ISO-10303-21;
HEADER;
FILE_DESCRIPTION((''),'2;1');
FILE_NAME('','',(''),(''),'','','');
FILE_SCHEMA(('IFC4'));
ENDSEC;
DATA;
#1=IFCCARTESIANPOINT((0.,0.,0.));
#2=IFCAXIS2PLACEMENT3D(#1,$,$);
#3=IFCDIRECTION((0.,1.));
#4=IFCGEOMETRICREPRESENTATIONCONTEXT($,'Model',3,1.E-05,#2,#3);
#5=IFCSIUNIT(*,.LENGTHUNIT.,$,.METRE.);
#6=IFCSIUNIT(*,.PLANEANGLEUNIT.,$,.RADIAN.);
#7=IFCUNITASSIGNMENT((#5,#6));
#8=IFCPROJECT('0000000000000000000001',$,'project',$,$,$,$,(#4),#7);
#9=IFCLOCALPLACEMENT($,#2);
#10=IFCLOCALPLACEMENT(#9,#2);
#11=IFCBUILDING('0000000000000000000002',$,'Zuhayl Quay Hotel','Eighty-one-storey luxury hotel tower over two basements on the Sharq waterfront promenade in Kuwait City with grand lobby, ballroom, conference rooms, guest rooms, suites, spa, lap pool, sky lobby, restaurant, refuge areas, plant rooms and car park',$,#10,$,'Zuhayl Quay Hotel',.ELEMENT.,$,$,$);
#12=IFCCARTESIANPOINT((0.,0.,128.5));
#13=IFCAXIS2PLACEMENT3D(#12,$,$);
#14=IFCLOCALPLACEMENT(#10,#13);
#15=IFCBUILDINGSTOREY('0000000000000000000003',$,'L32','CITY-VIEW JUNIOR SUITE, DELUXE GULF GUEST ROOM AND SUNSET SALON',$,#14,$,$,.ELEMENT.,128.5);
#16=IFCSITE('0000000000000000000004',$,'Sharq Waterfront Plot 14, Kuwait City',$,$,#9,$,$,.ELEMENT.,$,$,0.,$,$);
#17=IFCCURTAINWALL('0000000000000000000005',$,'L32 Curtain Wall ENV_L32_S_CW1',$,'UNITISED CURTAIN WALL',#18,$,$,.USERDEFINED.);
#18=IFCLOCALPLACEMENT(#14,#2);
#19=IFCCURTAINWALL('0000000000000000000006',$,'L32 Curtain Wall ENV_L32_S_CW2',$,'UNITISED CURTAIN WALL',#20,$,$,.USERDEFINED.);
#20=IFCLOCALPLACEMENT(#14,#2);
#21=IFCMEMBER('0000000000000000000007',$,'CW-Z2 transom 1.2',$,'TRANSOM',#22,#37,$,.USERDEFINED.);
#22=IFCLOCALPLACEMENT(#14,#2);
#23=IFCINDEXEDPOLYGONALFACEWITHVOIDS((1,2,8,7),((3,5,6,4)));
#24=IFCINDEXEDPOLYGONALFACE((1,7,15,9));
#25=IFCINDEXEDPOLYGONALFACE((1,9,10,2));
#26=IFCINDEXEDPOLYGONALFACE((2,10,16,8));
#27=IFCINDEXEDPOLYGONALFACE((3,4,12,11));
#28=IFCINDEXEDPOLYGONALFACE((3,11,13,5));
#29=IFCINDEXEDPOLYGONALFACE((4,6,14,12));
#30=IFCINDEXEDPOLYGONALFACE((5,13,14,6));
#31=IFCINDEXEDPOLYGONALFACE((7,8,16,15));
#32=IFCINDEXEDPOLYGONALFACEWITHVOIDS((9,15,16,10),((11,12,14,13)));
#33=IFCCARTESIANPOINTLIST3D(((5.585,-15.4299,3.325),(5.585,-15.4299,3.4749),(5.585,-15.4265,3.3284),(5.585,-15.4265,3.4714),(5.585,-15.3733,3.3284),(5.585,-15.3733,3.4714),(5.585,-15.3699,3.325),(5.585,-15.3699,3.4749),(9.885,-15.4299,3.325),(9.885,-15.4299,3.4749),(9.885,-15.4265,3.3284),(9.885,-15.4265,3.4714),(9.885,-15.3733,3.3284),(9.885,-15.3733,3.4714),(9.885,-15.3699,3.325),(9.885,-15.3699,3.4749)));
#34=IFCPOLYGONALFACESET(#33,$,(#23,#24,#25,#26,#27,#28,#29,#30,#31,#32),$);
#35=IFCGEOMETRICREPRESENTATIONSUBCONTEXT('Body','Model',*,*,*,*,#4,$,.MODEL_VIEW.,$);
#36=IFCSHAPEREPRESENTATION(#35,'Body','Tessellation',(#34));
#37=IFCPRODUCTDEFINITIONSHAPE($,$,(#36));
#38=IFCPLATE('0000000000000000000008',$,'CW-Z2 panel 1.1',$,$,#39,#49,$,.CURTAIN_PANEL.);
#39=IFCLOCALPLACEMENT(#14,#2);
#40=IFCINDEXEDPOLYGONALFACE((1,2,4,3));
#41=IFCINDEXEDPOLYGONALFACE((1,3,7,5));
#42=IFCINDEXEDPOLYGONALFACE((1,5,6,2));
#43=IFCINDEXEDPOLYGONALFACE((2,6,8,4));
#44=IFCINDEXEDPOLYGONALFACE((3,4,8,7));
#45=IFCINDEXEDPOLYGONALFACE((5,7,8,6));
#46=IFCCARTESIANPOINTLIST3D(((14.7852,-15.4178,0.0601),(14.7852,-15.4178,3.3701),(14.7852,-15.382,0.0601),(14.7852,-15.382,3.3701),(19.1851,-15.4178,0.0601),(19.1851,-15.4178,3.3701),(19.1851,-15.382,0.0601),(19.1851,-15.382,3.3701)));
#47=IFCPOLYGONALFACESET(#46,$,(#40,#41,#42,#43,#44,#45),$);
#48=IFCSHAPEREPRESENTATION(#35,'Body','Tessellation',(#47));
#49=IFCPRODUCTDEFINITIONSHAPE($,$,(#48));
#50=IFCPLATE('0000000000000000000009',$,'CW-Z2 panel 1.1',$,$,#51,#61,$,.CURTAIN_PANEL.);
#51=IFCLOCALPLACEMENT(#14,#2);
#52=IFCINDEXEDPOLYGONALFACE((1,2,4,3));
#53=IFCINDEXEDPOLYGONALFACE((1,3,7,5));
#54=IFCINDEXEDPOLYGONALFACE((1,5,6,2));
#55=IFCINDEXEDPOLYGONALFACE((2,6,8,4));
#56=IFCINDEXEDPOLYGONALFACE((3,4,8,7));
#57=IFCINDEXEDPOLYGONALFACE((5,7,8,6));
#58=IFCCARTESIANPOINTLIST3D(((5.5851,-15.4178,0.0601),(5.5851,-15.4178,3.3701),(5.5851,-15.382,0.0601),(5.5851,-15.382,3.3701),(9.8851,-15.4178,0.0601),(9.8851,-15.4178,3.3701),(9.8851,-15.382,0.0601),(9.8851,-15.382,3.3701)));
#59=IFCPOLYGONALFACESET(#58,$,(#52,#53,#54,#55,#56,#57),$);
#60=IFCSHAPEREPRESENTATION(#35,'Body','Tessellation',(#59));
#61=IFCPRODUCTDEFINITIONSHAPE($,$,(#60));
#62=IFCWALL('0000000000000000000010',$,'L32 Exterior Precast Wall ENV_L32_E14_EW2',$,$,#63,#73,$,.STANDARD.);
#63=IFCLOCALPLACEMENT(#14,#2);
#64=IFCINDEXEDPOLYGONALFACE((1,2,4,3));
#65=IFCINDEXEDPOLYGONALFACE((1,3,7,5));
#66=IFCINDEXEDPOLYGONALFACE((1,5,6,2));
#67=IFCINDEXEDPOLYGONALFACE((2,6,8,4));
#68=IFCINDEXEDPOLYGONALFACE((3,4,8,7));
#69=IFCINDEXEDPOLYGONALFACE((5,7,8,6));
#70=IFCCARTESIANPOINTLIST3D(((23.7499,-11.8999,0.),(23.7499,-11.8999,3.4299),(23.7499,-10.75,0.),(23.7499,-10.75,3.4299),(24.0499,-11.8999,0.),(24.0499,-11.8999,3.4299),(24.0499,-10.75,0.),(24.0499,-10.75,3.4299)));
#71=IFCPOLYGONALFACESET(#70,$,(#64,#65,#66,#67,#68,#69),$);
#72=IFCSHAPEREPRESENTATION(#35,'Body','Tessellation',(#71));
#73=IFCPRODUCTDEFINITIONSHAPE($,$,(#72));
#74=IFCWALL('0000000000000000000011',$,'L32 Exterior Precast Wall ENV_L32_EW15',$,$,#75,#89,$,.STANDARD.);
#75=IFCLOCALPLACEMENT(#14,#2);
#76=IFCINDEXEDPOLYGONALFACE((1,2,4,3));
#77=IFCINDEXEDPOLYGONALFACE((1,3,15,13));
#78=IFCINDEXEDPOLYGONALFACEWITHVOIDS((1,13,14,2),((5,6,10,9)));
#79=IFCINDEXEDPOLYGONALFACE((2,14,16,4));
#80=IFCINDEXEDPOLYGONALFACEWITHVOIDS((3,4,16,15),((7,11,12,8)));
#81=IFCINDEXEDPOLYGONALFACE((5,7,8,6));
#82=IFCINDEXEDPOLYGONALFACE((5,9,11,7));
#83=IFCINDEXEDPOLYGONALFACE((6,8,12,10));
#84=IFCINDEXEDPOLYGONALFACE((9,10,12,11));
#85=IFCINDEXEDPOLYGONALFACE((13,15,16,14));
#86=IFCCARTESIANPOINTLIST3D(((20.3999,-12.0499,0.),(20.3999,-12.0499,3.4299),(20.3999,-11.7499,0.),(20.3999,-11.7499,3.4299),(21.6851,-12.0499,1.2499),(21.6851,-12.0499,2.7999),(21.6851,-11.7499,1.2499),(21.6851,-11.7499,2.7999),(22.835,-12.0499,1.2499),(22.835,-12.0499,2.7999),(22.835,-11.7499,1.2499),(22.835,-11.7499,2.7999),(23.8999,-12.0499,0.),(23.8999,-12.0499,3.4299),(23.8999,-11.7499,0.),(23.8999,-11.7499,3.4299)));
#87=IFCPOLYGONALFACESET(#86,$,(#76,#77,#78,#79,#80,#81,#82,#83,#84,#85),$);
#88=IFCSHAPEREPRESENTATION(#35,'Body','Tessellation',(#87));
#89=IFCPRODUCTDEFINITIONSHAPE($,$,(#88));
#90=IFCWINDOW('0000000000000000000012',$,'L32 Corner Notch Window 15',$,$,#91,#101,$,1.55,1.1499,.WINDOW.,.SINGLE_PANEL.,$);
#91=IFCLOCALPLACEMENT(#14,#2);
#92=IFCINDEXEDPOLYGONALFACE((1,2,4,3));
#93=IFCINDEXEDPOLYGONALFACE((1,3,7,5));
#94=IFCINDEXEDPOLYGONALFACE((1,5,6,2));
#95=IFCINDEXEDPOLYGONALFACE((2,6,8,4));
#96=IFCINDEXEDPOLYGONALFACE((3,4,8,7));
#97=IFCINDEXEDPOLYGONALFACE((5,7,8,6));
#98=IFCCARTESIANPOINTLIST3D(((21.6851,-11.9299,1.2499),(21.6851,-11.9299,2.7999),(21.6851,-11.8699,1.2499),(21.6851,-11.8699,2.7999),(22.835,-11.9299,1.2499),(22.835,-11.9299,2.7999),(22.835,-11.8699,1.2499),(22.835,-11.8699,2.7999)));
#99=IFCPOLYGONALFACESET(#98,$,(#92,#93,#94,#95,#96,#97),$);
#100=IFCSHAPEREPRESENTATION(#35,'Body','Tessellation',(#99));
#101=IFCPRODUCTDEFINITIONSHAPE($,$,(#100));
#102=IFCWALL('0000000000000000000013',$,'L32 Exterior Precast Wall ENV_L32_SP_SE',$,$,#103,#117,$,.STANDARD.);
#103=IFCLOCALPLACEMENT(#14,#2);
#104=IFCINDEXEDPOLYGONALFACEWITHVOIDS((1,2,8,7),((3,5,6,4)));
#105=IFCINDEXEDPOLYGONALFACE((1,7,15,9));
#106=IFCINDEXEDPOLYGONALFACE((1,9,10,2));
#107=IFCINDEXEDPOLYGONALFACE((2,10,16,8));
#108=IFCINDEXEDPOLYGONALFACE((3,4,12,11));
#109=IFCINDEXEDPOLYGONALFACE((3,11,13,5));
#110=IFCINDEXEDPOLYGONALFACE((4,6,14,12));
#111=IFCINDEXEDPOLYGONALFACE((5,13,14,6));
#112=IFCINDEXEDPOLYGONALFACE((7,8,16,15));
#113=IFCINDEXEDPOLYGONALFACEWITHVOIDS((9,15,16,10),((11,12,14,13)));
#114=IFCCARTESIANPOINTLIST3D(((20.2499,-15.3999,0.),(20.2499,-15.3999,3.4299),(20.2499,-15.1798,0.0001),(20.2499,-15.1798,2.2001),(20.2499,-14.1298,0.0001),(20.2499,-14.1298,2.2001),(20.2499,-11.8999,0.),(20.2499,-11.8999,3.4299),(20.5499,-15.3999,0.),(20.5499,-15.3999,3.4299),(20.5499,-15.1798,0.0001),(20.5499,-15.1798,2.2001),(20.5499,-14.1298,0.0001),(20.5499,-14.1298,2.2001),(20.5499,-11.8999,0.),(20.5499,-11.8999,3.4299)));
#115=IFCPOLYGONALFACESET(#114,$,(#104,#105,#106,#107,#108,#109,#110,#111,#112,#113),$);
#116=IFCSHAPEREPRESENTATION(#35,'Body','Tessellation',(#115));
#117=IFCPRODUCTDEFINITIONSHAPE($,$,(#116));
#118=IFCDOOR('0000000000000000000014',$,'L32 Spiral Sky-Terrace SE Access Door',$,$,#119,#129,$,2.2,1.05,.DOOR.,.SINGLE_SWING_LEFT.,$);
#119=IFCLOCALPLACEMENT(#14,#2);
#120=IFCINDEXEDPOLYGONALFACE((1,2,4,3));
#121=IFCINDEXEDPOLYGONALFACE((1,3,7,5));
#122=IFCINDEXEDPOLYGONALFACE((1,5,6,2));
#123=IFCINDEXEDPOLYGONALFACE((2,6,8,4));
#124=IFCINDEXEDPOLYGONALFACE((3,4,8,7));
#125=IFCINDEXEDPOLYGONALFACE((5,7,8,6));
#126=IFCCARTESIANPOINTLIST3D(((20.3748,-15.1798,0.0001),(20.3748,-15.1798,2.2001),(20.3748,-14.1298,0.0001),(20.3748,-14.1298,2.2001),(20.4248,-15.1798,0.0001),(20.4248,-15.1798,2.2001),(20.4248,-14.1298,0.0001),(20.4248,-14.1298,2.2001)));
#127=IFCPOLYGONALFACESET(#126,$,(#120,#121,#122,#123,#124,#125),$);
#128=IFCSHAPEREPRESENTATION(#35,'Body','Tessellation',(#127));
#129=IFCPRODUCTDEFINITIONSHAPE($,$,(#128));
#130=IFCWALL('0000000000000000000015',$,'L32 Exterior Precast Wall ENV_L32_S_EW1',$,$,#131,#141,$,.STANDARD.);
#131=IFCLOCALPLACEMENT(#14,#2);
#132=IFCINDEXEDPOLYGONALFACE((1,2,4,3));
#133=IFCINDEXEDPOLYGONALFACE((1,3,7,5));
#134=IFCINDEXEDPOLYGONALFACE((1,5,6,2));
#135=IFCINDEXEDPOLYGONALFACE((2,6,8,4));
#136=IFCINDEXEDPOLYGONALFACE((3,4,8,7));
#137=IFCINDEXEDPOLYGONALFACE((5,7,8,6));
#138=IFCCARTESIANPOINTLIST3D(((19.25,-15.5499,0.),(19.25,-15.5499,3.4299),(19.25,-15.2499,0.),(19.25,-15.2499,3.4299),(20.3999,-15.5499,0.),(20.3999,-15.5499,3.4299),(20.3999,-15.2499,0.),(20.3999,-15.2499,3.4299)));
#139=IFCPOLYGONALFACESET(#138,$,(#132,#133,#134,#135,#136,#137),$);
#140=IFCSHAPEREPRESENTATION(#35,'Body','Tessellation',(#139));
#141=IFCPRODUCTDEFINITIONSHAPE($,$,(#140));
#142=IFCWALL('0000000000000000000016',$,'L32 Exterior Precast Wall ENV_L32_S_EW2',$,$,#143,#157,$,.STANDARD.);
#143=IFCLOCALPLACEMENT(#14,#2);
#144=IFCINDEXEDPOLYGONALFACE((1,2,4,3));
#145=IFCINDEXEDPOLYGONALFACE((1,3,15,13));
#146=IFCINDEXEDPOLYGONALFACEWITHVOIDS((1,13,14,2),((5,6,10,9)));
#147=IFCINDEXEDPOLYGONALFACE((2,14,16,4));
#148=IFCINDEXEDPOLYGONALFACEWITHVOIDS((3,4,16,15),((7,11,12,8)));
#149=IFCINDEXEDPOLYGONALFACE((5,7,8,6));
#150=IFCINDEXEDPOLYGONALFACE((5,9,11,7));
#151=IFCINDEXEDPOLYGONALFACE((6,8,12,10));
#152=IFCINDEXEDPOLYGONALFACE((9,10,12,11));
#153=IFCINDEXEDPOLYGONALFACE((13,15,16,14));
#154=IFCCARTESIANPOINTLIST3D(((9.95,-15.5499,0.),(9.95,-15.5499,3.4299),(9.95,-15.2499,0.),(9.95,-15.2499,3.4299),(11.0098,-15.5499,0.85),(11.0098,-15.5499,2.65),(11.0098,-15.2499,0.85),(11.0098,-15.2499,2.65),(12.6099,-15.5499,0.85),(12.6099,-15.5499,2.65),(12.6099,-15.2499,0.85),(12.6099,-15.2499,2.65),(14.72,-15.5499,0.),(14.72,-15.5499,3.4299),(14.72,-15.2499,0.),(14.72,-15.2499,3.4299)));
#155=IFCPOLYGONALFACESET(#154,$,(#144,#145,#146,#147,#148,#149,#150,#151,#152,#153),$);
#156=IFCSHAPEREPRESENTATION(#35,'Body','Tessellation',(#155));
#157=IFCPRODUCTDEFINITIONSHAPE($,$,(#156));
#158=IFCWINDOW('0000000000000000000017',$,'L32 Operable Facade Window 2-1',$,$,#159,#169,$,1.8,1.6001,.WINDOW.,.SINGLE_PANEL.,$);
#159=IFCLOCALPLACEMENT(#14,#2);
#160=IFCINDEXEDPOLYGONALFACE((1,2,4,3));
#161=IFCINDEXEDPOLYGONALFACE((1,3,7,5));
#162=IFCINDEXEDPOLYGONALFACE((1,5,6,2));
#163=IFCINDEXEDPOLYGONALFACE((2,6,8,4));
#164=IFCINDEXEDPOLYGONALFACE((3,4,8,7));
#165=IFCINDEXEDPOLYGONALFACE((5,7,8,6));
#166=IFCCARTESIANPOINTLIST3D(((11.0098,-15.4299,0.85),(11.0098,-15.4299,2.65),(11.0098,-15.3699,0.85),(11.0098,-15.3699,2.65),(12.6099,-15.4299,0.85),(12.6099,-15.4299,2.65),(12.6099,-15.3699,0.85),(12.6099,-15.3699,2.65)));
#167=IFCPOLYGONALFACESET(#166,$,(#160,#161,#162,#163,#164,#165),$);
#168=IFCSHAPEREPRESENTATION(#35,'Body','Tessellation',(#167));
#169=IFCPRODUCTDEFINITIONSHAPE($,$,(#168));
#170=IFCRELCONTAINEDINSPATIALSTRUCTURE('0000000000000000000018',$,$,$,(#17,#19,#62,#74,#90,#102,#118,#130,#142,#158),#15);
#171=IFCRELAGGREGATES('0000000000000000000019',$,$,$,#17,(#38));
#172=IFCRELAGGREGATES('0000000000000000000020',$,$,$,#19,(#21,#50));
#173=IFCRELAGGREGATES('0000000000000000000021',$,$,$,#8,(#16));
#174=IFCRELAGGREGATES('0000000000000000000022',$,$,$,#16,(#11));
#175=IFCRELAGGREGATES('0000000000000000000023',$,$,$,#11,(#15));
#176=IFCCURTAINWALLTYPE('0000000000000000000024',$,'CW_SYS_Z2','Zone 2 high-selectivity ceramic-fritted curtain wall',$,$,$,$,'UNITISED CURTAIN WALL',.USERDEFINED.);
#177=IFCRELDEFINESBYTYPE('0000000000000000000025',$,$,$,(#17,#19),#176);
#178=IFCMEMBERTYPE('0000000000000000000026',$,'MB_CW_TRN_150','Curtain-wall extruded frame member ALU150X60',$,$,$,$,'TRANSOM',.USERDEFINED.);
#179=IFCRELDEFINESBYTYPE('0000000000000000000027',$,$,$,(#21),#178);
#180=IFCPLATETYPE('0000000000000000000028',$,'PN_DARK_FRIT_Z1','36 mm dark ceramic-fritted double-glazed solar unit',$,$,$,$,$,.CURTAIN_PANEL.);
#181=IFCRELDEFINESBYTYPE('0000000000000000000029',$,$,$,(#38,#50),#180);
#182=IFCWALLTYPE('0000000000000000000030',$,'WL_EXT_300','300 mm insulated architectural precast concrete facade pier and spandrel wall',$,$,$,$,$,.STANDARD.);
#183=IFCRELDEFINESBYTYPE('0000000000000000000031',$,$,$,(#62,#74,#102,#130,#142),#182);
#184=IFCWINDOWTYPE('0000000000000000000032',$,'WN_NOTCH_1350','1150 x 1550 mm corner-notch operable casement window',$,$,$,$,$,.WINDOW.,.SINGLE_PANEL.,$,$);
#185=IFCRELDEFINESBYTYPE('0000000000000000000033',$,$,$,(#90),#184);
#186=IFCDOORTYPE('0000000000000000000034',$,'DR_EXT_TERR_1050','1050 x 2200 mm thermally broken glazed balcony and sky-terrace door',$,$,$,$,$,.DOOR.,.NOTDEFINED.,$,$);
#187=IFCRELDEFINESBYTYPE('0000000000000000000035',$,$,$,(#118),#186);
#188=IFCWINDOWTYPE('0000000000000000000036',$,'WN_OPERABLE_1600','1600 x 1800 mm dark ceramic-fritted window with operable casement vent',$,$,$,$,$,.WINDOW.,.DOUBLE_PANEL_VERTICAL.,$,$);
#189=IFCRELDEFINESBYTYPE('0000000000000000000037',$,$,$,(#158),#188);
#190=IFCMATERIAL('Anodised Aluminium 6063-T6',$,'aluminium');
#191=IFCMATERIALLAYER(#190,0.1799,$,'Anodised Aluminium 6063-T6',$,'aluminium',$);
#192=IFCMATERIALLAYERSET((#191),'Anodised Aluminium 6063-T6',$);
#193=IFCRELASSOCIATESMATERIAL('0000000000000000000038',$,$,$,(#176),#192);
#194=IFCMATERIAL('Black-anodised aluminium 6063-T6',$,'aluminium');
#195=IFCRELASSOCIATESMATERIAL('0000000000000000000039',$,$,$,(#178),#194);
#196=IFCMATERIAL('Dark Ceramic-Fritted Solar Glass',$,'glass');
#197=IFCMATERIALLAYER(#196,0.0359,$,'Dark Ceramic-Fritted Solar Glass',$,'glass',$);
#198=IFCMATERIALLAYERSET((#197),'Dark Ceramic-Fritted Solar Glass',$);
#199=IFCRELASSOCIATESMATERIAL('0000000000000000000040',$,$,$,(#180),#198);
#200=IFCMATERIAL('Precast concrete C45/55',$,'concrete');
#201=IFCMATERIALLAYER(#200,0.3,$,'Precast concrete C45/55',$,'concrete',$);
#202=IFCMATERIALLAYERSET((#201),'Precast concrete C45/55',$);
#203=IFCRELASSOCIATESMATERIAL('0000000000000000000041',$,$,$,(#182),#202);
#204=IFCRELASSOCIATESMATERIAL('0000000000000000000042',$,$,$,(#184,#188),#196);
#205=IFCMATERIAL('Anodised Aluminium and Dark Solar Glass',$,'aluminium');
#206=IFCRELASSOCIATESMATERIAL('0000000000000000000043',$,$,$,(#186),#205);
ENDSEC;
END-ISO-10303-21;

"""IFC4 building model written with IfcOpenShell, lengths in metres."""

from ifc_helpers import new_model, si_unit, direction, frame, frame_2d, origin, origin_2d, place, context, subcontext, project, spatial, rectangle, hollow_rectangle, extrude, material, layer, layer_set, material_profile, profile_set, type_object, element, fill, aggregate, save


model = new_model("IFC4")

# Units and contexts
model_context = context("Model", 3, precision=1e-05, world=origin(), true_north=direction((0.0, 1.0)))
body_context = subcontext(model_context, "Body", "Model", "MODEL_VIEW")
ifc_project = project(units=[si_unit("LENGTHUNIT", "METRE"), si_unit("PLANEANGLEUNIT", "RADIAN")], contexts=[model_context])

# Site, building, storey
site_placement = place(None, origin())
site = spatial("IfcSite", under=ifc_project, at=site_placement, Name="Sharq Waterfront Plot 14, Kuwait City", CompositionType="ELEMENT", RefElevation=0.0)
building_placement = place(site_placement, origin())
building = spatial("IfcBuilding", under=site, at=building_placement, Name="Zuhayl Quay Hotel", Description="Eighty-one-storey luxury hotel tower over two basements on the Sharq waterfront promenade in Kuwait City with grand lobby, ballroom, conference rooms, guest rooms, suites, spa, lap pool, sky lobby, restaurant, refuge areas, plant rooms and car park", LongName="Zuhayl Quay Hotel", CompositionType="ELEMENT")
storey_placement = place(building_placement, frame((0.0, 0.0, 128.5)))
storey = spatial("IfcBuildingStorey", under=building, at=storey_placement, Name="L32", Description="CITY-VIEW JUNIOR SUITE, DELUXE GULF GUEST ROOM AND SUNSET SALON", CompositionType="ELEMENT", Elevation=128.5)

# Shared definitions
ifc_material_1 = material(Name="Anodised Aluminium 6063-T6", Category="aluminium")
ifc_layer_1 = layer(ifc_material_1, 0.1799, Name="Anodised Aluminium 6063-T6", Category="aluminium")
ifc_layer_set_1 = layer_set([ifc_layer_1], Name="Anodised Aluminium 6063-T6")
curtain_wall_type = type_object("IfcCurtainWallType", Name="CW_SYS_Z2", Description="Zone 2 high-selectivity ceramic-fritted curtain wall", ElementType="UNITISED CURTAIN WALL", PredefinedType="USERDEFINED", material=ifc_layer_set_1)
ifc_material_2 = material(Name="Black-anodised aluminium 6063-T6", Category="aluminium")

# Curtain wall
curtain_wall_1_placement = place(storey_placement, origin())
curtain_wall_1 = element("IfcCurtainWall", 1, at=curtain_wall_1_placement, inside=storey, type_object=curtain_wall_type, Name="L32 Curtain Wall ENV_L32_S_CW1", ObjectType="UNITISED CURTAIN WALL", PredefinedType="USERDEFINED")

# Curtain wall
curtain_wall_2_placement = place(storey_placement, origin())
curtain_wall_2 = element("IfcCurtainWall", 2, at=curtain_wall_2_placement, inside=storey, type_object=curtain_wall_type, Name="L32 Curtain Wall ENV_L32_S_CW2", ObjectType="UNITISED CURTAIN WALL", PredefinedType="USERDEFINED")

# Member
ifc_material_profile_1 = material_profile(ifc_material_2, hollow_rectangle(XDim=0.0601, YDim=0.1499, WallThickness=0.0034, at=origin_2d()), Name="ALU150X60")
ifc_profile_set_1 = profile_set([ifc_material_profile_1], Name="Black-anodised aluminium 6063-T6")
member_type_1 = type_object("IfcMemberType", Name="MB_CW_TRN_150", Description="Curtain-wall extruded frame member ALU150X60", ElementType="TRANSOM", PredefinedType="USERDEFINED", material=ifc_profile_set_1)
member_1_placement = place(storey_placement, frame((9.885, -15.3999, 3.3999), z_axis=(-1.0, 0.0, 0.0), x_axis=(0.0, -1.0, 0.0)))
member_1 = element("IfcMember", 3, at=member_1_placement, type_object=member_type_1, Name="CW-Z2 transom 1.2", ObjectType="TRANSOM", PredefinedType="USERDEFINED", context=body_context, shape_type="SweptSolid", body=[
    extrude(hollow_rectangle(XDim=0.0601, YDim=0.1499, WallThickness=0.0034, at=origin_2d()), origin(), (0.0, 0.0, 1.0), 4.3),
])

# Plates
ifc_material_3 = material(Name="Dark Ceramic-Fritted Solar Glass", Category="glass")
ifc_layer_2 = layer(ifc_material_3, 0.0359, Name="Dark Ceramic-Fritted Solar Glass", Category="glass")
ifc_layer_set_2 = layer_set([ifc_layer_2], Name="Dark Ceramic-Fritted Solar Glass")
plate_type = type_object("IfcPlateType", Name="PN_DARK_FRIT_Z1", Description="36 mm dark ceramic-fritted double-glazed solar unit", PredefinedType="CURTAIN_PANEL", material=ifc_layer_set_2)
plate_1_placement = place(storey_placement, frame((16.9851, -15.3999, 0.0601), z_axis=(0.0, 0.0, 1.0), x_axis=(-1.0, 0.0, 0.0)))
plate_1 = element("IfcPlate", 4, at=plate_1_placement, type_object=plate_type, Name="CW-Z2 panel 1.1", PredefinedType="CURTAIN_PANEL", context=body_context, shape_type="SweptSolid", body=[
    extrude(rectangle(XDim=4.3999, YDim=0.0359, at=origin_2d()), origin(), (0.0, 0.0, 1.0), 3.3101),
])
aggregate(curtain_wall_1, [plate_1])
plate_2_placement = place(storey_placement, frame((7.7351, -15.3999, 0.0601), z_axis=(0.0, 0.0, 1.0), x_axis=(-1.0, 0.0, 0.0)))
plate_2 = element("IfcPlate", 5, at=plate_2_placement, type_object=plate_type, Name="CW-Z2 panel 1.1", PredefinedType="CURTAIN_PANEL", context=body_context, shape_type="SweptSolid", body=[
    extrude(rectangle(XDim=4.3, YDim=0.0359, at=origin_2d()), origin(), (0.0, 0.0, 1.0), 3.3101),
])
aggregate(curtain_wall_2, [member_1, plate_2])

# Wall
ifc_material_4 = material(Name="Precast concrete C45/55", Category="concrete")
ifc_layer_3 = layer(ifc_material_4, 0.3, Name="Precast concrete C45/55", Category="concrete")
ifc_layer_set_3 = layer_set([ifc_layer_3], Name="Precast concrete C45/55")
wall_type_1 = type_object("IfcWallType", Name="WL_EXT_300", Description="300 mm insulated architectural precast concrete facade pier and spandrel wall", PredefinedType="STANDARD", material=ifc_layer_set_3)
wall_1_placement = place(storey_placement, frame((23.8999, -10.75, 0.0), z_axis=(0.0, 0.0, 1.0), x_axis=(0.0, -1.0, 0.0)))
element("IfcWall", 6, at=wall_1_placement, inside=storey, type_object=wall_type_1, Name="L32 Exterior Precast Wall ENV_L32_E14_EW2", PredefinedType="STANDARD", context=body_context, shape_type="SweptSolid", body=[
    extrude(rectangle(XDim=1.1499, YDim=0.3, at=frame_2d((0.575, 0.0))), origin(), (0.0, 0.0, 1.0), 3.4299),
])

# Wall, opening, window
wall_2_placement = place(storey_placement, frame((23.8999, -11.8999, 0.0), z_axis=(0.0, 0.0, 1.0), x_axis=(-1.0, 0.0, 0.0)))
wall_2 = element("IfcWall", 7, at=wall_2_placement, inside=storey, type_object=wall_type_1, Name="L32 Exterior Precast Wall ENV_L32_EW15", PredefinedType="STANDARD", context=body_context, shape_type="SweptSolid", body=[
    extrude(rectangle(XDim=3.5, YDim=0.3, at=frame_2d((1.75, 0.0))), origin(), (0.0, 0.0, 1.0), 3.4299),
])
opening_1_placement = place(wall_2_placement, frame((1.0649, 0.0, 1.25)))
opening_1 = element("IfcOpeningElement", 8, at=opening_1_placement, cuts=wall_2, PredefinedType="OPENING", context=body_context, shape_type="SweptSolid", body=[
    extrude(rectangle(XDim=1.1499, YDim=1.55, at=frame_2d((0.575, 0.7749))), frame((0.0, 0.1599, 0.0), z_axis=(0.0, -1.0, 0.0), x_axis=(1.0, 0.0, 0.0)), (0.0, 0.0, 1.0), 0.3201),
])
window_type_1 = type_object("IfcWindowType", Name="WN_NOTCH_1350", Description="1150 x 1550 mm corner-notch operable casement window", PartitioningType="SINGLE_PANEL", PredefinedType="WINDOW", material=ifc_material_3)
window_1_placement = place(opening_1_placement, origin())
window_1 = element("IfcWindow", 9, at=window_1_placement, inside=storey, type_object=window_type_1, Name="L32 Corner Notch Window 15", OverallHeight=1.55, OverallWidth=1.1499, PartitioningType="SINGLE_PANEL", PredefinedType="WINDOW", context=body_context, shape_type="SweptSolid", body=[
    extrude(rectangle(XDim=1.1499, YDim=1.55, at=frame_2d((0.575, 0.7749))), frame((0.0, 0.03, 0.0), z_axis=(0.0, -1.0, 0.0), x_axis=(1.0, 0.0, 0.0)), (0.0, 0.0, 1.0), 0.0601),
])
fill(opening_1, window_1)

# Wall, opening, door
wall_3_placement = place(storey_placement, frame((20.3999, -11.8999, 0.0), z_axis=(0.0, 0.0, 1.0), x_axis=(0.0, -1.0, 0.0)))
wall_3 = element("IfcWall", 10, at=wall_3_placement, inside=storey, type_object=wall_type_1, Name="L32 Exterior Precast Wall ENV_L32_SP_SE", PredefinedType="STANDARD", context=body_context, shape_type="SweptSolid", body=[
    extrude(rectangle(XDim=3.5, YDim=0.3, at=frame_2d((1.75, 0.0))), origin(), (0.0, 0.0, 1.0), 3.4299),
])
opening_2_placement = place(wall_3_placement, frame((2.23, 0.0, 0.0)))
opening_2 = element("IfcOpeningElement", 11, at=opening_2_placement, cuts=wall_3, PredefinedType="OPENING", context=body_context, shape_type="SweptSolid", body=[
    extrude(rectangle(XDim=1.05, YDim=2.2, at=frame_2d((0.5249, 1.1001))), frame((0.0, 0.1599, 0.0), z_axis=(0.0, -1.0, 0.0), x_axis=(1.0, 0.0, 0.0)), (0.0, 0.0, 1.0), 0.3201),
])
ifc_material_5 = material(Name="Anodised Aluminium and Dark Solar Glass", Category="aluminium")
door_type = type_object("IfcDoorType", Name="DR_EXT_TERR_1050", Description="1050 x 2200 mm thermally broken glazed balcony and sky-terrace door", OperationType="NOTDEFINED", PredefinedType="DOOR", material=ifc_material_5)
door_placement = place(opening_2_placement, origin())
door = element("IfcDoor", 12, at=door_placement, inside=storey, type_object=door_type, Name="L32 Spiral Sky-Terrace SE Access Door", OperationType="SINGLE_SWING_LEFT", OverallHeight=2.2, OverallWidth=1.05, PredefinedType="DOOR", context=body_context, shape_type="SweptSolid", body=[
    extrude(rectangle(XDim=1.05, YDim=2.2, at=frame_2d((0.5249, 1.1001))), frame((0.0, 0.0249, 0.0), z_axis=(0.0, -1.0, 0.0), x_axis=(1.0, 0.0, 0.0)), (0.0, 0.0, 1.0), 0.05),
])
fill(opening_2, door)

# Wall
wall_4_placement = place(storey_placement, frame((20.3999, -15.3999, 0.0), z_axis=(0.0, 0.0, 1.0), x_axis=(-1.0, 0.0, 0.0)))
element("IfcWall", 13, at=wall_4_placement, inside=storey, type_object=wall_type_1, Name="L32 Exterior Precast Wall ENV_L32_S_EW1", PredefinedType="STANDARD", context=body_context, shape_type="SweptSolid", body=[
    extrude(rectangle(XDim=1.1499, YDim=0.3, at=frame_2d((0.575, 0.0))), origin(), (0.0, 0.0, 1.0), 3.4299),
])

# Wall, opening, window
wall_5_placement = place(storey_placement, frame((14.72, -15.3999, 0.0), z_axis=(0.0, 0.0, 1.0), x_axis=(-1.0, 0.0, 0.0)))
wall_5 = element("IfcWall", 14, at=wall_5_placement, inside=storey, type_object=wall_type_1, Name="L32 Exterior Precast Wall ENV_L32_S_EW2", PredefinedType="STANDARD", context=body_context, shape_type="SweptSolid", body=[
    extrude(rectangle(XDim=4.77, YDim=0.3, at=frame_2d((2.385, 0.0))), origin(), (0.0, 0.0, 1.0), 3.4299),
])
opening_3_placement = place(wall_5_placement, frame((2.1101, 0.0, 0.8501)))
opening_3 = element("IfcOpeningElement", 15, at=opening_3_placement, cuts=wall_5, PredefinedType="OPENING", context=body_context, shape_type="SweptSolid", body=[
    extrude(rectangle(XDim=1.6001, YDim=1.8, at=frame_2d((0.8, 0.8999))), frame((0.0, 0.1599, 0.0), z_axis=(0.0, -1.0, 0.0), x_axis=(1.0, 0.0, 0.0)), (0.0, 0.0, 1.0), 0.3201),
])
window_type_2 = type_object("IfcWindowType", Name="WN_OPERABLE_1600", Description="1600 x 1800 mm dark ceramic-fritted window with operable casement vent", PartitioningType="DOUBLE_PANEL_VERTICAL", PredefinedType="WINDOW", material=ifc_material_3)
window_2_placement = place(opening_3_placement, origin())
window_2 = element("IfcWindow", 16, at=window_2_placement, inside=storey, type_object=window_type_2, Name="L32 Operable Facade Window 2-1", OverallHeight=1.8, OverallWidth=1.6001, PartitioningType="SINGLE_PANEL", PredefinedType="WINDOW", context=body_context, shape_type="SweptSolid", body=[
    extrude(rectangle(XDim=1.6001, YDim=1.8, at=frame_2d((0.8, 0.8999))), frame((0.0, 0.03, 0.0), z_axis=(0.0, -1.0, 0.0), x_axis=(1.0, 0.0, 0.0)), (0.0, 0.0, 1.0), 0.0601),
])
fill(opening_3, window_2)

save(model, "model.ifc")
